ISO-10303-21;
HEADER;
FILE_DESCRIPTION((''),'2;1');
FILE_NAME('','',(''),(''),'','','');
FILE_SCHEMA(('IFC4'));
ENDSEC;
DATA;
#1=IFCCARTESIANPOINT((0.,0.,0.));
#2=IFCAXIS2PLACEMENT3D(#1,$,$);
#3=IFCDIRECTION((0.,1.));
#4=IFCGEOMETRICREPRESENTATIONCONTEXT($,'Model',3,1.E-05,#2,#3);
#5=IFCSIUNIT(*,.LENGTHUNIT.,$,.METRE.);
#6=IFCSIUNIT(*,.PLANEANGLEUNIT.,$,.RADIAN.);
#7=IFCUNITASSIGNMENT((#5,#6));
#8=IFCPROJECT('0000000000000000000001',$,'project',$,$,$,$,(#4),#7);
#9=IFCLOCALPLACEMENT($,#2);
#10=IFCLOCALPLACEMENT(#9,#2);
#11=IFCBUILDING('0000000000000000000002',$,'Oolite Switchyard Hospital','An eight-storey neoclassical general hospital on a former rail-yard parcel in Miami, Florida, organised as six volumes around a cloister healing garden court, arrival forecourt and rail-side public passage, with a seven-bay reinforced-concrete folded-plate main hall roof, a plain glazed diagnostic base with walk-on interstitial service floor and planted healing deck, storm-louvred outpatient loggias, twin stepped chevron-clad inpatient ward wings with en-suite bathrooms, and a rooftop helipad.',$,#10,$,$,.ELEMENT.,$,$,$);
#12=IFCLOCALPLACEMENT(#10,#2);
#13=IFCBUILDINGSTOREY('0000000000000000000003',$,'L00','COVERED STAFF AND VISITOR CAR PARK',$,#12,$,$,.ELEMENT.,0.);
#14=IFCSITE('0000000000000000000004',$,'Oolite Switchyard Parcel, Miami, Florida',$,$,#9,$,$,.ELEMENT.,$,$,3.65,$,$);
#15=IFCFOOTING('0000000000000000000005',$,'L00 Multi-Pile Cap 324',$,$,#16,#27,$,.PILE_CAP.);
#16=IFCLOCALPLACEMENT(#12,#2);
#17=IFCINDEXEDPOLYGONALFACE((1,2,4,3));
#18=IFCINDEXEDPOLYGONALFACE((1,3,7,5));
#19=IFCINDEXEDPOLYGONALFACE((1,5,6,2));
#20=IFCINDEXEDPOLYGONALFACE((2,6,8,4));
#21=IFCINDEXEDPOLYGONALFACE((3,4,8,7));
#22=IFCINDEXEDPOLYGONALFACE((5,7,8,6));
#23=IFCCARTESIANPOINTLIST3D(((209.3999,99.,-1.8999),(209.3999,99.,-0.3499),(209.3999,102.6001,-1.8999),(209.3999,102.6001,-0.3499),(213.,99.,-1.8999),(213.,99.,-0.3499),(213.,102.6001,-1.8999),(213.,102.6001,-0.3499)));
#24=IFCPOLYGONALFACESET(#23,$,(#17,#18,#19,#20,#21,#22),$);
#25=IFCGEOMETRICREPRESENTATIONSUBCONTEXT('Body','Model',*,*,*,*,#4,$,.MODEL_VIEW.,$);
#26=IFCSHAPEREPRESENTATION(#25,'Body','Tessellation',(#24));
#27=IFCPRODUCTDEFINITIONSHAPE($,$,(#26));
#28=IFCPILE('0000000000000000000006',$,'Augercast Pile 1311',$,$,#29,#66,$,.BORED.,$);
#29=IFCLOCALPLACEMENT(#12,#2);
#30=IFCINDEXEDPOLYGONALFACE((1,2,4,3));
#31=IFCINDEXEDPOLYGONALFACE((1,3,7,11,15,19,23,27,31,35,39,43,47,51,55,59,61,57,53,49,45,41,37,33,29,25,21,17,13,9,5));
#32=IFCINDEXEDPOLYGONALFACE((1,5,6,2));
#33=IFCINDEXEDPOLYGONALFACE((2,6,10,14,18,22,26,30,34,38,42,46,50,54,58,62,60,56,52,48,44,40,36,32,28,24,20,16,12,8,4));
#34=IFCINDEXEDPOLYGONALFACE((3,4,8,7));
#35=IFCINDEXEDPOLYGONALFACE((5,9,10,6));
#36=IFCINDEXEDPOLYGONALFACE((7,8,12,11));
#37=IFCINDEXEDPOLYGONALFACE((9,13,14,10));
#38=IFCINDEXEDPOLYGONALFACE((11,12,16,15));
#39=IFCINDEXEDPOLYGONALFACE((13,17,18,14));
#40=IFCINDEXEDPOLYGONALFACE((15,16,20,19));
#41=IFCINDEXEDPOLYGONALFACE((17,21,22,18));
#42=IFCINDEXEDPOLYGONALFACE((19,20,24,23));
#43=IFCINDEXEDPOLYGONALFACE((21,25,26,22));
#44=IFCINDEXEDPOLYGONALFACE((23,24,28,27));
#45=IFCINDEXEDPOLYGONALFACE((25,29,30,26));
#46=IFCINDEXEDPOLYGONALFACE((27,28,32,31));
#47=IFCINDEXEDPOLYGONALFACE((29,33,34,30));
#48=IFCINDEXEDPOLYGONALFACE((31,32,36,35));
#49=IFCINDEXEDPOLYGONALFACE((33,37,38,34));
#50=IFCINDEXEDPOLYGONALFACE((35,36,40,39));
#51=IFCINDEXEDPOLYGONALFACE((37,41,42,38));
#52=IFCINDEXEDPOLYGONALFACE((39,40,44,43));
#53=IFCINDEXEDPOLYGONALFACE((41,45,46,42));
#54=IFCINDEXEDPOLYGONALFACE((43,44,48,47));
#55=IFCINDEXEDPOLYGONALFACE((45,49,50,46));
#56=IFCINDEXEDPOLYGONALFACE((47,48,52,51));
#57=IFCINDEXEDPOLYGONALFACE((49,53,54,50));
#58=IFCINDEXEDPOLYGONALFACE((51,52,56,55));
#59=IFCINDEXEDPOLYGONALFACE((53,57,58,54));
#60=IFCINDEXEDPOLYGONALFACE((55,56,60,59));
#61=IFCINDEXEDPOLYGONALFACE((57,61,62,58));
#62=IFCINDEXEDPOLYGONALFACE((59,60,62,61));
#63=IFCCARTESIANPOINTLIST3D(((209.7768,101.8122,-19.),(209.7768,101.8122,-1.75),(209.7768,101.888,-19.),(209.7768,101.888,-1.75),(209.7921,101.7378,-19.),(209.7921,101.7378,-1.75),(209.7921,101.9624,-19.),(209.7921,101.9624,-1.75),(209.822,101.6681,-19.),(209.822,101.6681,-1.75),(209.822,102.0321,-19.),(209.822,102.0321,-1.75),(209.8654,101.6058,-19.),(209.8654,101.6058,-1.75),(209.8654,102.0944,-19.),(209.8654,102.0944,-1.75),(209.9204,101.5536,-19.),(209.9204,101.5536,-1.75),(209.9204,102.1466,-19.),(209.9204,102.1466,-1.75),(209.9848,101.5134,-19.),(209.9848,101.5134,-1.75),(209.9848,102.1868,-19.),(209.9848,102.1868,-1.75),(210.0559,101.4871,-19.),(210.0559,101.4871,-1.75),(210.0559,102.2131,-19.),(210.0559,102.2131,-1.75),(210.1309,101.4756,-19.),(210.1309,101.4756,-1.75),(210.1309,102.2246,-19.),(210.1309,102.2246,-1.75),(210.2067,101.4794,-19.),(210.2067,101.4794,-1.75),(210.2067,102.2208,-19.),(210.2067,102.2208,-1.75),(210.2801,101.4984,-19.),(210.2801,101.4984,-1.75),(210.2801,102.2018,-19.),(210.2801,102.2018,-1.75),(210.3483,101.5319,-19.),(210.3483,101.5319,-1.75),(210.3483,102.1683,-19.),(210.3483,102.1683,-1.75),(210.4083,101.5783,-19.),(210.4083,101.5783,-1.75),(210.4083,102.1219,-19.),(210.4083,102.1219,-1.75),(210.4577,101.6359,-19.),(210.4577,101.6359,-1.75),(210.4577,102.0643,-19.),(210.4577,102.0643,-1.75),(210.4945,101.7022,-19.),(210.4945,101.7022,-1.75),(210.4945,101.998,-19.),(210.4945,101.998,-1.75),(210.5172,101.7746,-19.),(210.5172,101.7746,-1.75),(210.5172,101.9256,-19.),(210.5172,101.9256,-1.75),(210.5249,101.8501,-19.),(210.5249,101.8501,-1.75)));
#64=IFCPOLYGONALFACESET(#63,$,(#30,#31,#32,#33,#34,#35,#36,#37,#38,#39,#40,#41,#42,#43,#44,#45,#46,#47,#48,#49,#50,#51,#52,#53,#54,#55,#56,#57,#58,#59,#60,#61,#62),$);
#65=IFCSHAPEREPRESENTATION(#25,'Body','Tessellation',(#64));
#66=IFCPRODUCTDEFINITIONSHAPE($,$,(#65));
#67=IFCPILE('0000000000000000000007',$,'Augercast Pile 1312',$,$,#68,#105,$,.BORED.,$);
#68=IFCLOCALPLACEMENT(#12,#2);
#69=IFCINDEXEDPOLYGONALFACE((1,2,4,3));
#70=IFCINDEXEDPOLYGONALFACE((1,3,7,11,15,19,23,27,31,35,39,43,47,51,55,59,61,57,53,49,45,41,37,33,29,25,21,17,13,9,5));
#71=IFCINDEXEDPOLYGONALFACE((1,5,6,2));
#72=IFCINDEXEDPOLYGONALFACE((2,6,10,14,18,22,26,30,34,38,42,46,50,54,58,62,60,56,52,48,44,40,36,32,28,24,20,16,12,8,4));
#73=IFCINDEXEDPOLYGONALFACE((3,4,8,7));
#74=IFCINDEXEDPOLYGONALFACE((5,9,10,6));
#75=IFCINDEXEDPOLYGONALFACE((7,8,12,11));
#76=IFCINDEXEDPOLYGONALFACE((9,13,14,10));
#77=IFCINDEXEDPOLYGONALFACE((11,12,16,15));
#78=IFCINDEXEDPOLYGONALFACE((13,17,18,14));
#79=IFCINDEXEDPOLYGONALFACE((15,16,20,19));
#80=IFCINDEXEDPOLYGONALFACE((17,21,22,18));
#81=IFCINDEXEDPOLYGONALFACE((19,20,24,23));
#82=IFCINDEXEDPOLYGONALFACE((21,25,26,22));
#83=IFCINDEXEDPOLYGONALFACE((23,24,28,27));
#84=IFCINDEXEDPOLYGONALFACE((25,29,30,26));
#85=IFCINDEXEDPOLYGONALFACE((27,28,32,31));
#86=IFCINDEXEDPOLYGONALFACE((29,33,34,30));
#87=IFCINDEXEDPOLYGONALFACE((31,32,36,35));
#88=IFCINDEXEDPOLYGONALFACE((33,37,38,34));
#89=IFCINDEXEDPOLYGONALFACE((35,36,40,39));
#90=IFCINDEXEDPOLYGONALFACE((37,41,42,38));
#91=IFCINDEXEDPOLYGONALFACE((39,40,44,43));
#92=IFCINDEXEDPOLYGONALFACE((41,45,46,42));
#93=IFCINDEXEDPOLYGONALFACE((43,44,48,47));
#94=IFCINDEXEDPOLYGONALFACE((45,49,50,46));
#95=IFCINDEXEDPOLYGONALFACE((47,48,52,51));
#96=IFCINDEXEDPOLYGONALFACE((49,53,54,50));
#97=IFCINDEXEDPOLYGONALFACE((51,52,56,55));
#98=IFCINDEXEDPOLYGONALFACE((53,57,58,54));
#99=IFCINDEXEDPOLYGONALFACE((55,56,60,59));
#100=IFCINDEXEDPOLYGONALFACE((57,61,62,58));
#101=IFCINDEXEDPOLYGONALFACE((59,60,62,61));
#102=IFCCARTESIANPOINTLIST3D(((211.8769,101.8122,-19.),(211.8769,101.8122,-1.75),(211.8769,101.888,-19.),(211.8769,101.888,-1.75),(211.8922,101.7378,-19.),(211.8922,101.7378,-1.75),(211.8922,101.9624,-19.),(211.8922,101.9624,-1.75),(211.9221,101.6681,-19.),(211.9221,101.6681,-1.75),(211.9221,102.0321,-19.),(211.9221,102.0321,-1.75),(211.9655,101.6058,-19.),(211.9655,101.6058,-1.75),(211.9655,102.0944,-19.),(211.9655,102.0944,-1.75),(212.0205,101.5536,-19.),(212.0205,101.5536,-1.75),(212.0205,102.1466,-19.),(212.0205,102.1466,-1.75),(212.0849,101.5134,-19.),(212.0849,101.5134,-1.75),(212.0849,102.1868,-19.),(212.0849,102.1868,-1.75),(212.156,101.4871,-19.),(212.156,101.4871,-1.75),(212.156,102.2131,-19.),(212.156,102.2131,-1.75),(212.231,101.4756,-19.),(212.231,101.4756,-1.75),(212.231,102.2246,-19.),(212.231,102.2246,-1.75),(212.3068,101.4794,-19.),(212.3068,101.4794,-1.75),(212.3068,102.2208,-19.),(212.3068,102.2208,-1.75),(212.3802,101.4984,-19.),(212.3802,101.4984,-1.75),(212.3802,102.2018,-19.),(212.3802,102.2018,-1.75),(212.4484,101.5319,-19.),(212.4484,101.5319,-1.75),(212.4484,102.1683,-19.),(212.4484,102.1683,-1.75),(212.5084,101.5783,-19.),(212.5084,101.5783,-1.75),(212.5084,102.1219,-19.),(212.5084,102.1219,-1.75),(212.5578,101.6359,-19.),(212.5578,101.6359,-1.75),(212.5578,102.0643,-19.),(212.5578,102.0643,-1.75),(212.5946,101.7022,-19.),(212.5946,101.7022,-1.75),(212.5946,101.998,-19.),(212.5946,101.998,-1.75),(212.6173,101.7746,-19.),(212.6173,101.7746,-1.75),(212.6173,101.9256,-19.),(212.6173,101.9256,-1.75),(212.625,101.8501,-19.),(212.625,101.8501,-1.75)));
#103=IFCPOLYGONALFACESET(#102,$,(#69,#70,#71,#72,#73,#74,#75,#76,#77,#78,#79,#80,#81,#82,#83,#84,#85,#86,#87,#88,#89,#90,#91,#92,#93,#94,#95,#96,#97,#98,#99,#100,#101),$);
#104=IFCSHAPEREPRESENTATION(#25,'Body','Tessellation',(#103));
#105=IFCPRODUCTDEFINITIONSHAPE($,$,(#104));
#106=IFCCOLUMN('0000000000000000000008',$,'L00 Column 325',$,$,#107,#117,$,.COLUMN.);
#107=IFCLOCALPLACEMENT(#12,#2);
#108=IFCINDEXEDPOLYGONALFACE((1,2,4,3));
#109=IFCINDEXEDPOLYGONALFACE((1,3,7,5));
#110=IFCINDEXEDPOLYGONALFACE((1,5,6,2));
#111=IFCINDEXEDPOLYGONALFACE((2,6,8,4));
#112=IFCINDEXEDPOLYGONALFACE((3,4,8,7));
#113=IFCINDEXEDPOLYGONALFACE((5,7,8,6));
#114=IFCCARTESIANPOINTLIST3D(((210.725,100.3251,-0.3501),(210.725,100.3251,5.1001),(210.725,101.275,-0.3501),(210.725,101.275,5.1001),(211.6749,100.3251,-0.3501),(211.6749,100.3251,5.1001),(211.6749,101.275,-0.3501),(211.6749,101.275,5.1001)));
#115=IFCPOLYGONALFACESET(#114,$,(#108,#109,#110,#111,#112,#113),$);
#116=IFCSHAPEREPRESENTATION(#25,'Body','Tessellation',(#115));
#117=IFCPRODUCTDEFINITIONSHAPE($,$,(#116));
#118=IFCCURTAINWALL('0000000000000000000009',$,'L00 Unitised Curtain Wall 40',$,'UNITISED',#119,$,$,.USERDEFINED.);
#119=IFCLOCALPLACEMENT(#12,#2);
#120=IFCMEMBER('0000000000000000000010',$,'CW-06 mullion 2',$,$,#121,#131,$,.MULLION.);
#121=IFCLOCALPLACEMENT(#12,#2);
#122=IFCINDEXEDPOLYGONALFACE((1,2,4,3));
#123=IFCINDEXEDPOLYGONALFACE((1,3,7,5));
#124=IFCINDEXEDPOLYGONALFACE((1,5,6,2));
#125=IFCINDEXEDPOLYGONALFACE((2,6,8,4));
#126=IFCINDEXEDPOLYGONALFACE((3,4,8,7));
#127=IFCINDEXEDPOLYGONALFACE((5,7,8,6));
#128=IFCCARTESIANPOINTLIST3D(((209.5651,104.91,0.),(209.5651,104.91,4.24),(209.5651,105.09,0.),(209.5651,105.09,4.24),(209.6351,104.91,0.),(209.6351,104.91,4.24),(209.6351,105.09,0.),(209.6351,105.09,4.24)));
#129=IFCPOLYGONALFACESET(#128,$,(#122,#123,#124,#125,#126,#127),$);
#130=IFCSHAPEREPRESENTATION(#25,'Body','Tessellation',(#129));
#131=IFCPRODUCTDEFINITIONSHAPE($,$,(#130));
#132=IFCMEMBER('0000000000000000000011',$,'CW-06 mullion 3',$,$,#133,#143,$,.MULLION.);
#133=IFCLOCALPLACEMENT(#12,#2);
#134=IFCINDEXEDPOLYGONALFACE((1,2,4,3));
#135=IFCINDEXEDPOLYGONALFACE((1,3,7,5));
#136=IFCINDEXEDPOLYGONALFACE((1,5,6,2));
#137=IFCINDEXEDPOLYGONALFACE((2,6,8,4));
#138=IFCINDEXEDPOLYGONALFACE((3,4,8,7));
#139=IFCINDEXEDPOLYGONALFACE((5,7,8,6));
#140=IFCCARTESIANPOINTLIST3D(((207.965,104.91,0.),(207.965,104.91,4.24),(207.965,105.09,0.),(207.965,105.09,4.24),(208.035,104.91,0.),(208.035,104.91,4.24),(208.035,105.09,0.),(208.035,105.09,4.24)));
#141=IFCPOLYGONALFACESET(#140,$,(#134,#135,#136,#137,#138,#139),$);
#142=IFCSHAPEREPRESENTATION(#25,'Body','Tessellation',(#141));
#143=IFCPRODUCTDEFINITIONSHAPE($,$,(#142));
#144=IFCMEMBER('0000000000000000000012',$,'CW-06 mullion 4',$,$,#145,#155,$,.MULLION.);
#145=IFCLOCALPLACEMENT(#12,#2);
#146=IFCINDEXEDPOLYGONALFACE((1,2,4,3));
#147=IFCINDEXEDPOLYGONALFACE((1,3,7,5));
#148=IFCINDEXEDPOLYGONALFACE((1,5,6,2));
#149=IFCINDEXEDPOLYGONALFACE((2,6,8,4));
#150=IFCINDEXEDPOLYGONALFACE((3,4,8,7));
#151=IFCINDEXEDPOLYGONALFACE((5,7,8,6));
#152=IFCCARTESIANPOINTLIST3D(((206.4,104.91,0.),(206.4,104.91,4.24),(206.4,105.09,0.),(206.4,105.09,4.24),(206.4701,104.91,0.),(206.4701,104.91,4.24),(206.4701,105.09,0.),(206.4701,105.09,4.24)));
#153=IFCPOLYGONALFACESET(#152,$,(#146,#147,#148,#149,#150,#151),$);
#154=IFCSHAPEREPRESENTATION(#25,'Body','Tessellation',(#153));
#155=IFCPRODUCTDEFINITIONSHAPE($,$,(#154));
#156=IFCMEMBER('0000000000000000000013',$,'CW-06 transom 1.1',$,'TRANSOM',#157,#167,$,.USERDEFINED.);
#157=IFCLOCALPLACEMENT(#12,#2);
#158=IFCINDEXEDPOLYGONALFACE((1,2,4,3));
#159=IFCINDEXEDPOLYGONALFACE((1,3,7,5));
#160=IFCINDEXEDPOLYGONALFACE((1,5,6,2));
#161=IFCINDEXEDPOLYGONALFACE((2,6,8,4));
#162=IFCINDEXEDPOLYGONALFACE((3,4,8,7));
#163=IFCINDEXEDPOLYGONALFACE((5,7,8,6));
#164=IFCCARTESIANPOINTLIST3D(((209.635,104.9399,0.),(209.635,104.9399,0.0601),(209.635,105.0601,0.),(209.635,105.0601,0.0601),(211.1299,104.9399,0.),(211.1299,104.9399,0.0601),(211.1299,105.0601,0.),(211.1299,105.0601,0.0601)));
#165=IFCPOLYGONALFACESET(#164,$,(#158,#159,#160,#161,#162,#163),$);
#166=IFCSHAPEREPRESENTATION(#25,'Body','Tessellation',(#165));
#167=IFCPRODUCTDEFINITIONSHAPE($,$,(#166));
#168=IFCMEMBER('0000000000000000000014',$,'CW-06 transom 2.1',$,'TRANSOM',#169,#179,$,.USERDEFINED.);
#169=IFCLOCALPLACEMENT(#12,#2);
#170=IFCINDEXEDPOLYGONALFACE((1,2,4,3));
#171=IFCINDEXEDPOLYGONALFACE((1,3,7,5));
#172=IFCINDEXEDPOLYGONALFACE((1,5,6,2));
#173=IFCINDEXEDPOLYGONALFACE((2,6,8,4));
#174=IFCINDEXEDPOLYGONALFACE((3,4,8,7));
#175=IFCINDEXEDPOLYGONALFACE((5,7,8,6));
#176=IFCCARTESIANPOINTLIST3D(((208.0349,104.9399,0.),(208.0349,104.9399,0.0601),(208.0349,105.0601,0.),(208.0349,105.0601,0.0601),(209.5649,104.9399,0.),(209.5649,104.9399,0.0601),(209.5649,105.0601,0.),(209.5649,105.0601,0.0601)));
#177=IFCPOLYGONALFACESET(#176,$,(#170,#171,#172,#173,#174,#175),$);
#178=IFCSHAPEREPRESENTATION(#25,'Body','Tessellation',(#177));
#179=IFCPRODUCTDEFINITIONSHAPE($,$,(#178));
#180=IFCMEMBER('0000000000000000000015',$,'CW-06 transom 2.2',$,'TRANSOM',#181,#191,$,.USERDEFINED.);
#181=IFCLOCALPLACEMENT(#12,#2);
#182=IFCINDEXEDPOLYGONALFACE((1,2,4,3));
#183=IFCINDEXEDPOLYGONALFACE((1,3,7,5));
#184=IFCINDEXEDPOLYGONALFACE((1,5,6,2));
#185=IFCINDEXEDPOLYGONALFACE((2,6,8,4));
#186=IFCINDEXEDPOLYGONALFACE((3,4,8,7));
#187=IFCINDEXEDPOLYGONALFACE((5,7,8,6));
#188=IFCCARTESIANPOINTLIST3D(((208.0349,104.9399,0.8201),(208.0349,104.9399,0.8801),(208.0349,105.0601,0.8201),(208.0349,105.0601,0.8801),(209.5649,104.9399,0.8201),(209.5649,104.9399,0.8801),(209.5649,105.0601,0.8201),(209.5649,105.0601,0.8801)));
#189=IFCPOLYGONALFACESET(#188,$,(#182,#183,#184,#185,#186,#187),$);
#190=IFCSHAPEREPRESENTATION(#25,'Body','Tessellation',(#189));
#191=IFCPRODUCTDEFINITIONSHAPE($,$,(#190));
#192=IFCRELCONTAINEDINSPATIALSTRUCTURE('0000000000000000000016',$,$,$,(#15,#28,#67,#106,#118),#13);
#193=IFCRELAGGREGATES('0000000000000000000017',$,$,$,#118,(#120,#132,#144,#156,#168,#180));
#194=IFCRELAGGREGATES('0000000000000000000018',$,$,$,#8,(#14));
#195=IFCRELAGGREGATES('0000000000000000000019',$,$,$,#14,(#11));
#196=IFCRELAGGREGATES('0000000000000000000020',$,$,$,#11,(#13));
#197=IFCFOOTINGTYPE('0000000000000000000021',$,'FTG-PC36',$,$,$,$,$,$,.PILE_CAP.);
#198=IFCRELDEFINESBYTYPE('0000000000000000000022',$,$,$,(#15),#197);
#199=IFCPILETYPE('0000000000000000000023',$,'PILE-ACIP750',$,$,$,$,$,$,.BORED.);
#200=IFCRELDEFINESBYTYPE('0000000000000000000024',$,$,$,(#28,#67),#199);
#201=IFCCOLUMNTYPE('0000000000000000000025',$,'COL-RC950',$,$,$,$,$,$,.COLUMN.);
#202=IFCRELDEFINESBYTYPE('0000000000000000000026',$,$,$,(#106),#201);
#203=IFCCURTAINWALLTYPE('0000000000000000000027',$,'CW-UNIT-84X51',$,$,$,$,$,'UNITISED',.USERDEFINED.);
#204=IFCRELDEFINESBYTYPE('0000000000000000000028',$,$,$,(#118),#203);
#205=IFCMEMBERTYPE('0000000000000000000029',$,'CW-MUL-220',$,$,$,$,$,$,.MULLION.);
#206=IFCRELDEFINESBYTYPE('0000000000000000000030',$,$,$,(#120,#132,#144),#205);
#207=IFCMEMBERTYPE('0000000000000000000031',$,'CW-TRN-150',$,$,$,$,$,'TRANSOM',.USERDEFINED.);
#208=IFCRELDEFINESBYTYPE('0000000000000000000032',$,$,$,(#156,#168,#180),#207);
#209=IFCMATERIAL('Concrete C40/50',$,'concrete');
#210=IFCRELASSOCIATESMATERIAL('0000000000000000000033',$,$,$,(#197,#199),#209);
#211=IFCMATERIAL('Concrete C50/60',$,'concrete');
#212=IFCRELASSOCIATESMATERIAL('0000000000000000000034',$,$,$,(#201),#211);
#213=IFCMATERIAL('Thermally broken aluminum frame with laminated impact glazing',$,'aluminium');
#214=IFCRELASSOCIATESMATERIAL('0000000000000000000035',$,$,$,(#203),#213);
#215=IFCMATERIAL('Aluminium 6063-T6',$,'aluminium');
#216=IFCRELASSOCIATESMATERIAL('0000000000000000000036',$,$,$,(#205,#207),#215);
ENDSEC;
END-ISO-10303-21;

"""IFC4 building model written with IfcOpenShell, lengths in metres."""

from ifc_helpers import new_model, si_unit, direction, frame, origin, origin_2d, place, context, subcontext, project, spatial, rectangle, circle, extrude, material, material_profile, profile_set, type_object, element, aggregate, save


model = new_model("IFC4")

# Units and contexts
model_context = context("Model", 3, precision=1e-05, world=origin(), true_north=direction((0.0, 1.0)))
body_context = subcontext(model_context, "Body", "Model", "MODEL_VIEW")
ifc_project = project(units=[si_unit("LENGTHUNIT", "METRE"), si_unit("PLANEANGLEUNIT", "RADIAN")], contexts=[model_context])

# Site, building, storey
site_placement = place(None, origin())
site = spatial("IfcSite", under=ifc_project, at=site_placement, Name="Oolite Switchyard Parcel, Miami, Florida", CompositionType="ELEMENT", RefElevation=3.65)
building_placement = place(site_placement, origin())
building = spatial("IfcBuilding", under=site, at=building_placement, Name="Oolite Switchyard Hospital", Description="An eight-storey neoclassical general hospital on a former rail-yard parcel in Miami, Florida, organised as six volumes around a cloister healing garden court, arrival forecourt and rail-side public passage, with a seven-bay reinforced-concrete folded-plate main hall roof, a plain glazed diagnostic base with walk-on interstitial service floor and planted healing deck, storm-louvred outpatient loggias, twin stepped chevron-clad inpatient ward wings with en-suite bathrooms, and a rooftop helipad.", CompositionType="ELEMENT")
storey_placement = place(building_placement, origin())
storey = spatial("IfcBuildingStorey", under=building, at=storey_placement, Name="L00", Description="COVERED STAFF AND VISITOR CAR PARK", CompositionType="ELEMENT", Elevation=0.0)

# Footing
ifc_material_1 = material(Name="Concrete C40/50", Category="concrete")
footing_type = type_object("IfcFootingType", Name="FTG-PC36", PredefinedType="PILE_CAP", material=ifc_material_1)
footing_placement = place(storey_placement, frame((211.2, 100.8, -1.8999), z_axis=(0.0, 0.0, 1.0), x_axis=(1.0, 0.0, 0.0)))
element("IfcFooting", 1, at=footing_placement, inside=storey, type_object=footing_type, Name="L00 Multi-Pile Cap 324", PredefinedType="PILE_CAP", context=body_context, shape_type="SweptSolid", body=[
    extrude(rectangle(XDim=3.6001, YDim=3.6001, at=origin_2d()), origin(), (0.0, 0.0, 1.0), 1.55),
])

# Piles
ifc_material_profile_1 = material_profile(ifc_material_1, circle(Radius=0.375, at=origin_2d()), Name="PILE750")
ifc_profile_set_1 = profile_set([ifc_material_profile_1], Name="Concrete C40/50")
pile_type = type_object("IfcPileType", Name="PILE-ACIP750", PredefinedType="BORED", material=ifc_profile_set_1)
for number, where, z_axis, x_axis, name in (
    (2, (210.1499, 101.8501, -1.75), (0.0, 0.0, -1.0), (1.0, 0.0, 0.0), "Augercast Pile 1311"),
    (3, (212.25, 101.8501, -1.75), (0.0, 0.0, -1.0), (1.0, 0.0, 0.0), "Augercast Pile 1312"),
):
    element("IfcPile", number, at=place(storey_placement, frame(where, z_axis=z_axis, x_axis=x_axis)), inside=storey, type_object=pile_type, Name=name, PredefinedType="BORED", context=body_context, shape_type="SweptSolid", body=[
        extrude(circle(Radius=0.375, at=origin_2d()), origin(), (0.0, 0.0, 1.0), 17.25),
    ])

# Column
ifc_material_2 = material(Name="Concrete C50/60", Category="concrete")
ifc_material_profile_2 = material_profile(ifc_material_2, rectangle(XDim=0.95, YDim=0.95, at=origin_2d()), Name="RC950X950")
ifc_profile_set_2 = profile_set([ifc_material_profile_2], Name="Concrete C50/60")
column_type = type_object("IfcColumnType", Name="COL-RC950", PredefinedType="COLUMN", material=ifc_profile_set_2)
column_placement = place(storey_placement, frame((211.2, 100.8, -0.3501), z_axis=(0.0, 0.0, 1.0), x_axis=(1.0, 0.0, 0.0)))
element("IfcColumn", 4, at=column_placement, inside=storey, type_object=column_type, Name="L00 Column 325", PredefinedType="COLUMN", context=body_context, shape_type="SweptSolid", body=[
    extrude(rectangle(XDim=0.95, YDim=0.95, at=origin_2d()), origin(), (0.0, 0.0, 1.0), 5.4502),
])

# Curtain wall, members
ifc_material_3 = material(Name="Thermally broken aluminum frame with laminated impact glazing", Category="aluminium")
curtain_wall_type = type_object("IfcCurtainWallType", Name="CW-UNIT-84X51", ElementType="UNITISED", PredefinedType="USERDEFINED", material=ifc_material_3)
curtain_wall_placement = place(storey_placement, origin())
curtain_wall = element("IfcCurtainWall", 5, at=curtain_wall_placement, inside=storey, type_object=curtain_wall_type, Name="L00 Unitised Curtain Wall 40", ObjectType="UNITISED", PredefinedType="USERDEFINED")
ifc_material_4 = material(Name="Aluminium 6063-T6", Category="aluminium")
ifc_material_profile_3 = material_profile(ifc_material_4, rectangle(XDim=0.1799, YDim=0.0701, at=origin_2d()), Name="CWM70X180")
ifc_profile_set_3 = profile_set([ifc_material_profile_3], Name="Aluminium 6063-T6")
member_type_1 = type_object("IfcMemberType", Name="CW-MUL-220", PredefinedType="MULLION", material=ifc_profile_set_3)
member_1_placement = place(storey_placement, frame((209.6001, 105.0, 0.0), z_axis=(0.0, 0.0, 1.0), x_axis=(0.0, -1.0, 0.0)))
member_1 = element("IfcMember", 6, at=member_1_placement, type_object=member_type_1, Name="CW-06 mullion 2", PredefinedType="MULLION", context=body_context, shape_type="SweptSolid", body=[
    extrude(rectangle(XDim=0.1799, YDim=0.0701, at=origin_2d()), origin(), (0.0, 0.0, 1.0), 4.24),
])
member_2_placement = place(storey_placement, frame((208.0, 105.0, 0.0), z_axis=(0.0, 0.0, 1.0), x_axis=(0.0, -1.0, 0.0)))
member_2 = element("IfcMember", 7, at=member_2_placement, type_object=member_type_1, Name="CW-06 mullion 3", PredefinedType="MULLION", context=body_context, shape_type="SweptSolid", body=[
    extrude(rectangle(XDim=0.1799, YDim=0.0701, at=origin_2d()), origin(), (0.0, 0.0, 1.0), 4.24),
])
member_3_placement = place(storey_placement, frame((206.4351, 105.0, 0.0), z_axis=(0.0, 0.0, 1.0), x_axis=(0.0, -1.0, 0.0)))
member_3 = element("IfcMember", 8, at=member_3_placement, type_object=member_type_1, Name="CW-06 mullion 4", PredefinedType="MULLION", context=body_context, shape_type="SweptSolid", body=[
    extrude(rectangle(XDim=0.1799, YDim=0.0701, at=origin_2d()), origin(), (0.0, 0.0, 1.0), 4.24),
])
ifc_material_profile_4 = material_profile(ifc_material_4, rectangle(XDim=0.1201, YDim=0.0601, at=origin_2d()), Name="CWT60X120")
ifc_profile_set_4 = profile_set([ifc_material_profile_4], Name="Aluminium 6063-T6")
member_type_2 = type_object("IfcMemberType", Name="CW-TRN-150", ElementType="TRANSOM", PredefinedType="USERDEFINED", material=ifc_profile_set_4)
member_4_placement = place(storey_placement, frame((211.1299, 105.0, 0.03), z_axis=(-1.0, 0.0, 0.0), x_axis=(0.0, -1.0, 0.0)))
member_4 = element("IfcMember", 9, at=member_4_placement, type_object=member_type_2, Name="CW-06 transom 1.1", ObjectType="TRANSOM", PredefinedType="USERDEFINED", context=body_context, shape_type="SweptSolid", body=[
    extrude(rectangle(XDim=0.1201, YDim=0.0601, at=origin_2d()), origin(), (0.0, 0.0, 1.0), 1.4949),
])
member_5_placement = place(storey_placement, frame((209.5649, 105.0, 0.03), z_axis=(-1.0, 0.0, 0.0), x_axis=(0.0, -1.0, 0.0)))
member_5 = element("IfcMember", 10, at=member_5_placement, type_object=member_type_2, Name="CW-06 transom 2.1", ObjectType="TRANSOM", PredefinedType="USERDEFINED", context=body_context, shape_type="SweptSolid", body=[
    extrude(rectangle(XDim=0.1201, YDim=0.0601, at=origin_2d()), origin(), (0.0, 0.0, 1.0), 1.53),
])
member_6_placement = place(storey_placement, frame((209.5649, 105.0, 0.8501), z_axis=(-1.0, 0.0, 0.0), x_axis=(0.0, -1.0, 0.0)))
member_6 = element("IfcMember", 11, at=member_6_placement, type_object=member_type_2, Name="CW-06 transom 2.2", ObjectType="TRANSOM", PredefinedType="USERDEFINED", context=body_context, shape_type="SweptSolid", body=[
    extrude(rectangle(XDim=0.1201, YDim=0.0601, at=origin_2d()), origin(), (0.0, 0.0, 1.0), 1.53),
])
aggregate(curtain_wall, [member_1, member_2, member_3, member_4, member_5, member_6])

save(model, "model.ifc")
